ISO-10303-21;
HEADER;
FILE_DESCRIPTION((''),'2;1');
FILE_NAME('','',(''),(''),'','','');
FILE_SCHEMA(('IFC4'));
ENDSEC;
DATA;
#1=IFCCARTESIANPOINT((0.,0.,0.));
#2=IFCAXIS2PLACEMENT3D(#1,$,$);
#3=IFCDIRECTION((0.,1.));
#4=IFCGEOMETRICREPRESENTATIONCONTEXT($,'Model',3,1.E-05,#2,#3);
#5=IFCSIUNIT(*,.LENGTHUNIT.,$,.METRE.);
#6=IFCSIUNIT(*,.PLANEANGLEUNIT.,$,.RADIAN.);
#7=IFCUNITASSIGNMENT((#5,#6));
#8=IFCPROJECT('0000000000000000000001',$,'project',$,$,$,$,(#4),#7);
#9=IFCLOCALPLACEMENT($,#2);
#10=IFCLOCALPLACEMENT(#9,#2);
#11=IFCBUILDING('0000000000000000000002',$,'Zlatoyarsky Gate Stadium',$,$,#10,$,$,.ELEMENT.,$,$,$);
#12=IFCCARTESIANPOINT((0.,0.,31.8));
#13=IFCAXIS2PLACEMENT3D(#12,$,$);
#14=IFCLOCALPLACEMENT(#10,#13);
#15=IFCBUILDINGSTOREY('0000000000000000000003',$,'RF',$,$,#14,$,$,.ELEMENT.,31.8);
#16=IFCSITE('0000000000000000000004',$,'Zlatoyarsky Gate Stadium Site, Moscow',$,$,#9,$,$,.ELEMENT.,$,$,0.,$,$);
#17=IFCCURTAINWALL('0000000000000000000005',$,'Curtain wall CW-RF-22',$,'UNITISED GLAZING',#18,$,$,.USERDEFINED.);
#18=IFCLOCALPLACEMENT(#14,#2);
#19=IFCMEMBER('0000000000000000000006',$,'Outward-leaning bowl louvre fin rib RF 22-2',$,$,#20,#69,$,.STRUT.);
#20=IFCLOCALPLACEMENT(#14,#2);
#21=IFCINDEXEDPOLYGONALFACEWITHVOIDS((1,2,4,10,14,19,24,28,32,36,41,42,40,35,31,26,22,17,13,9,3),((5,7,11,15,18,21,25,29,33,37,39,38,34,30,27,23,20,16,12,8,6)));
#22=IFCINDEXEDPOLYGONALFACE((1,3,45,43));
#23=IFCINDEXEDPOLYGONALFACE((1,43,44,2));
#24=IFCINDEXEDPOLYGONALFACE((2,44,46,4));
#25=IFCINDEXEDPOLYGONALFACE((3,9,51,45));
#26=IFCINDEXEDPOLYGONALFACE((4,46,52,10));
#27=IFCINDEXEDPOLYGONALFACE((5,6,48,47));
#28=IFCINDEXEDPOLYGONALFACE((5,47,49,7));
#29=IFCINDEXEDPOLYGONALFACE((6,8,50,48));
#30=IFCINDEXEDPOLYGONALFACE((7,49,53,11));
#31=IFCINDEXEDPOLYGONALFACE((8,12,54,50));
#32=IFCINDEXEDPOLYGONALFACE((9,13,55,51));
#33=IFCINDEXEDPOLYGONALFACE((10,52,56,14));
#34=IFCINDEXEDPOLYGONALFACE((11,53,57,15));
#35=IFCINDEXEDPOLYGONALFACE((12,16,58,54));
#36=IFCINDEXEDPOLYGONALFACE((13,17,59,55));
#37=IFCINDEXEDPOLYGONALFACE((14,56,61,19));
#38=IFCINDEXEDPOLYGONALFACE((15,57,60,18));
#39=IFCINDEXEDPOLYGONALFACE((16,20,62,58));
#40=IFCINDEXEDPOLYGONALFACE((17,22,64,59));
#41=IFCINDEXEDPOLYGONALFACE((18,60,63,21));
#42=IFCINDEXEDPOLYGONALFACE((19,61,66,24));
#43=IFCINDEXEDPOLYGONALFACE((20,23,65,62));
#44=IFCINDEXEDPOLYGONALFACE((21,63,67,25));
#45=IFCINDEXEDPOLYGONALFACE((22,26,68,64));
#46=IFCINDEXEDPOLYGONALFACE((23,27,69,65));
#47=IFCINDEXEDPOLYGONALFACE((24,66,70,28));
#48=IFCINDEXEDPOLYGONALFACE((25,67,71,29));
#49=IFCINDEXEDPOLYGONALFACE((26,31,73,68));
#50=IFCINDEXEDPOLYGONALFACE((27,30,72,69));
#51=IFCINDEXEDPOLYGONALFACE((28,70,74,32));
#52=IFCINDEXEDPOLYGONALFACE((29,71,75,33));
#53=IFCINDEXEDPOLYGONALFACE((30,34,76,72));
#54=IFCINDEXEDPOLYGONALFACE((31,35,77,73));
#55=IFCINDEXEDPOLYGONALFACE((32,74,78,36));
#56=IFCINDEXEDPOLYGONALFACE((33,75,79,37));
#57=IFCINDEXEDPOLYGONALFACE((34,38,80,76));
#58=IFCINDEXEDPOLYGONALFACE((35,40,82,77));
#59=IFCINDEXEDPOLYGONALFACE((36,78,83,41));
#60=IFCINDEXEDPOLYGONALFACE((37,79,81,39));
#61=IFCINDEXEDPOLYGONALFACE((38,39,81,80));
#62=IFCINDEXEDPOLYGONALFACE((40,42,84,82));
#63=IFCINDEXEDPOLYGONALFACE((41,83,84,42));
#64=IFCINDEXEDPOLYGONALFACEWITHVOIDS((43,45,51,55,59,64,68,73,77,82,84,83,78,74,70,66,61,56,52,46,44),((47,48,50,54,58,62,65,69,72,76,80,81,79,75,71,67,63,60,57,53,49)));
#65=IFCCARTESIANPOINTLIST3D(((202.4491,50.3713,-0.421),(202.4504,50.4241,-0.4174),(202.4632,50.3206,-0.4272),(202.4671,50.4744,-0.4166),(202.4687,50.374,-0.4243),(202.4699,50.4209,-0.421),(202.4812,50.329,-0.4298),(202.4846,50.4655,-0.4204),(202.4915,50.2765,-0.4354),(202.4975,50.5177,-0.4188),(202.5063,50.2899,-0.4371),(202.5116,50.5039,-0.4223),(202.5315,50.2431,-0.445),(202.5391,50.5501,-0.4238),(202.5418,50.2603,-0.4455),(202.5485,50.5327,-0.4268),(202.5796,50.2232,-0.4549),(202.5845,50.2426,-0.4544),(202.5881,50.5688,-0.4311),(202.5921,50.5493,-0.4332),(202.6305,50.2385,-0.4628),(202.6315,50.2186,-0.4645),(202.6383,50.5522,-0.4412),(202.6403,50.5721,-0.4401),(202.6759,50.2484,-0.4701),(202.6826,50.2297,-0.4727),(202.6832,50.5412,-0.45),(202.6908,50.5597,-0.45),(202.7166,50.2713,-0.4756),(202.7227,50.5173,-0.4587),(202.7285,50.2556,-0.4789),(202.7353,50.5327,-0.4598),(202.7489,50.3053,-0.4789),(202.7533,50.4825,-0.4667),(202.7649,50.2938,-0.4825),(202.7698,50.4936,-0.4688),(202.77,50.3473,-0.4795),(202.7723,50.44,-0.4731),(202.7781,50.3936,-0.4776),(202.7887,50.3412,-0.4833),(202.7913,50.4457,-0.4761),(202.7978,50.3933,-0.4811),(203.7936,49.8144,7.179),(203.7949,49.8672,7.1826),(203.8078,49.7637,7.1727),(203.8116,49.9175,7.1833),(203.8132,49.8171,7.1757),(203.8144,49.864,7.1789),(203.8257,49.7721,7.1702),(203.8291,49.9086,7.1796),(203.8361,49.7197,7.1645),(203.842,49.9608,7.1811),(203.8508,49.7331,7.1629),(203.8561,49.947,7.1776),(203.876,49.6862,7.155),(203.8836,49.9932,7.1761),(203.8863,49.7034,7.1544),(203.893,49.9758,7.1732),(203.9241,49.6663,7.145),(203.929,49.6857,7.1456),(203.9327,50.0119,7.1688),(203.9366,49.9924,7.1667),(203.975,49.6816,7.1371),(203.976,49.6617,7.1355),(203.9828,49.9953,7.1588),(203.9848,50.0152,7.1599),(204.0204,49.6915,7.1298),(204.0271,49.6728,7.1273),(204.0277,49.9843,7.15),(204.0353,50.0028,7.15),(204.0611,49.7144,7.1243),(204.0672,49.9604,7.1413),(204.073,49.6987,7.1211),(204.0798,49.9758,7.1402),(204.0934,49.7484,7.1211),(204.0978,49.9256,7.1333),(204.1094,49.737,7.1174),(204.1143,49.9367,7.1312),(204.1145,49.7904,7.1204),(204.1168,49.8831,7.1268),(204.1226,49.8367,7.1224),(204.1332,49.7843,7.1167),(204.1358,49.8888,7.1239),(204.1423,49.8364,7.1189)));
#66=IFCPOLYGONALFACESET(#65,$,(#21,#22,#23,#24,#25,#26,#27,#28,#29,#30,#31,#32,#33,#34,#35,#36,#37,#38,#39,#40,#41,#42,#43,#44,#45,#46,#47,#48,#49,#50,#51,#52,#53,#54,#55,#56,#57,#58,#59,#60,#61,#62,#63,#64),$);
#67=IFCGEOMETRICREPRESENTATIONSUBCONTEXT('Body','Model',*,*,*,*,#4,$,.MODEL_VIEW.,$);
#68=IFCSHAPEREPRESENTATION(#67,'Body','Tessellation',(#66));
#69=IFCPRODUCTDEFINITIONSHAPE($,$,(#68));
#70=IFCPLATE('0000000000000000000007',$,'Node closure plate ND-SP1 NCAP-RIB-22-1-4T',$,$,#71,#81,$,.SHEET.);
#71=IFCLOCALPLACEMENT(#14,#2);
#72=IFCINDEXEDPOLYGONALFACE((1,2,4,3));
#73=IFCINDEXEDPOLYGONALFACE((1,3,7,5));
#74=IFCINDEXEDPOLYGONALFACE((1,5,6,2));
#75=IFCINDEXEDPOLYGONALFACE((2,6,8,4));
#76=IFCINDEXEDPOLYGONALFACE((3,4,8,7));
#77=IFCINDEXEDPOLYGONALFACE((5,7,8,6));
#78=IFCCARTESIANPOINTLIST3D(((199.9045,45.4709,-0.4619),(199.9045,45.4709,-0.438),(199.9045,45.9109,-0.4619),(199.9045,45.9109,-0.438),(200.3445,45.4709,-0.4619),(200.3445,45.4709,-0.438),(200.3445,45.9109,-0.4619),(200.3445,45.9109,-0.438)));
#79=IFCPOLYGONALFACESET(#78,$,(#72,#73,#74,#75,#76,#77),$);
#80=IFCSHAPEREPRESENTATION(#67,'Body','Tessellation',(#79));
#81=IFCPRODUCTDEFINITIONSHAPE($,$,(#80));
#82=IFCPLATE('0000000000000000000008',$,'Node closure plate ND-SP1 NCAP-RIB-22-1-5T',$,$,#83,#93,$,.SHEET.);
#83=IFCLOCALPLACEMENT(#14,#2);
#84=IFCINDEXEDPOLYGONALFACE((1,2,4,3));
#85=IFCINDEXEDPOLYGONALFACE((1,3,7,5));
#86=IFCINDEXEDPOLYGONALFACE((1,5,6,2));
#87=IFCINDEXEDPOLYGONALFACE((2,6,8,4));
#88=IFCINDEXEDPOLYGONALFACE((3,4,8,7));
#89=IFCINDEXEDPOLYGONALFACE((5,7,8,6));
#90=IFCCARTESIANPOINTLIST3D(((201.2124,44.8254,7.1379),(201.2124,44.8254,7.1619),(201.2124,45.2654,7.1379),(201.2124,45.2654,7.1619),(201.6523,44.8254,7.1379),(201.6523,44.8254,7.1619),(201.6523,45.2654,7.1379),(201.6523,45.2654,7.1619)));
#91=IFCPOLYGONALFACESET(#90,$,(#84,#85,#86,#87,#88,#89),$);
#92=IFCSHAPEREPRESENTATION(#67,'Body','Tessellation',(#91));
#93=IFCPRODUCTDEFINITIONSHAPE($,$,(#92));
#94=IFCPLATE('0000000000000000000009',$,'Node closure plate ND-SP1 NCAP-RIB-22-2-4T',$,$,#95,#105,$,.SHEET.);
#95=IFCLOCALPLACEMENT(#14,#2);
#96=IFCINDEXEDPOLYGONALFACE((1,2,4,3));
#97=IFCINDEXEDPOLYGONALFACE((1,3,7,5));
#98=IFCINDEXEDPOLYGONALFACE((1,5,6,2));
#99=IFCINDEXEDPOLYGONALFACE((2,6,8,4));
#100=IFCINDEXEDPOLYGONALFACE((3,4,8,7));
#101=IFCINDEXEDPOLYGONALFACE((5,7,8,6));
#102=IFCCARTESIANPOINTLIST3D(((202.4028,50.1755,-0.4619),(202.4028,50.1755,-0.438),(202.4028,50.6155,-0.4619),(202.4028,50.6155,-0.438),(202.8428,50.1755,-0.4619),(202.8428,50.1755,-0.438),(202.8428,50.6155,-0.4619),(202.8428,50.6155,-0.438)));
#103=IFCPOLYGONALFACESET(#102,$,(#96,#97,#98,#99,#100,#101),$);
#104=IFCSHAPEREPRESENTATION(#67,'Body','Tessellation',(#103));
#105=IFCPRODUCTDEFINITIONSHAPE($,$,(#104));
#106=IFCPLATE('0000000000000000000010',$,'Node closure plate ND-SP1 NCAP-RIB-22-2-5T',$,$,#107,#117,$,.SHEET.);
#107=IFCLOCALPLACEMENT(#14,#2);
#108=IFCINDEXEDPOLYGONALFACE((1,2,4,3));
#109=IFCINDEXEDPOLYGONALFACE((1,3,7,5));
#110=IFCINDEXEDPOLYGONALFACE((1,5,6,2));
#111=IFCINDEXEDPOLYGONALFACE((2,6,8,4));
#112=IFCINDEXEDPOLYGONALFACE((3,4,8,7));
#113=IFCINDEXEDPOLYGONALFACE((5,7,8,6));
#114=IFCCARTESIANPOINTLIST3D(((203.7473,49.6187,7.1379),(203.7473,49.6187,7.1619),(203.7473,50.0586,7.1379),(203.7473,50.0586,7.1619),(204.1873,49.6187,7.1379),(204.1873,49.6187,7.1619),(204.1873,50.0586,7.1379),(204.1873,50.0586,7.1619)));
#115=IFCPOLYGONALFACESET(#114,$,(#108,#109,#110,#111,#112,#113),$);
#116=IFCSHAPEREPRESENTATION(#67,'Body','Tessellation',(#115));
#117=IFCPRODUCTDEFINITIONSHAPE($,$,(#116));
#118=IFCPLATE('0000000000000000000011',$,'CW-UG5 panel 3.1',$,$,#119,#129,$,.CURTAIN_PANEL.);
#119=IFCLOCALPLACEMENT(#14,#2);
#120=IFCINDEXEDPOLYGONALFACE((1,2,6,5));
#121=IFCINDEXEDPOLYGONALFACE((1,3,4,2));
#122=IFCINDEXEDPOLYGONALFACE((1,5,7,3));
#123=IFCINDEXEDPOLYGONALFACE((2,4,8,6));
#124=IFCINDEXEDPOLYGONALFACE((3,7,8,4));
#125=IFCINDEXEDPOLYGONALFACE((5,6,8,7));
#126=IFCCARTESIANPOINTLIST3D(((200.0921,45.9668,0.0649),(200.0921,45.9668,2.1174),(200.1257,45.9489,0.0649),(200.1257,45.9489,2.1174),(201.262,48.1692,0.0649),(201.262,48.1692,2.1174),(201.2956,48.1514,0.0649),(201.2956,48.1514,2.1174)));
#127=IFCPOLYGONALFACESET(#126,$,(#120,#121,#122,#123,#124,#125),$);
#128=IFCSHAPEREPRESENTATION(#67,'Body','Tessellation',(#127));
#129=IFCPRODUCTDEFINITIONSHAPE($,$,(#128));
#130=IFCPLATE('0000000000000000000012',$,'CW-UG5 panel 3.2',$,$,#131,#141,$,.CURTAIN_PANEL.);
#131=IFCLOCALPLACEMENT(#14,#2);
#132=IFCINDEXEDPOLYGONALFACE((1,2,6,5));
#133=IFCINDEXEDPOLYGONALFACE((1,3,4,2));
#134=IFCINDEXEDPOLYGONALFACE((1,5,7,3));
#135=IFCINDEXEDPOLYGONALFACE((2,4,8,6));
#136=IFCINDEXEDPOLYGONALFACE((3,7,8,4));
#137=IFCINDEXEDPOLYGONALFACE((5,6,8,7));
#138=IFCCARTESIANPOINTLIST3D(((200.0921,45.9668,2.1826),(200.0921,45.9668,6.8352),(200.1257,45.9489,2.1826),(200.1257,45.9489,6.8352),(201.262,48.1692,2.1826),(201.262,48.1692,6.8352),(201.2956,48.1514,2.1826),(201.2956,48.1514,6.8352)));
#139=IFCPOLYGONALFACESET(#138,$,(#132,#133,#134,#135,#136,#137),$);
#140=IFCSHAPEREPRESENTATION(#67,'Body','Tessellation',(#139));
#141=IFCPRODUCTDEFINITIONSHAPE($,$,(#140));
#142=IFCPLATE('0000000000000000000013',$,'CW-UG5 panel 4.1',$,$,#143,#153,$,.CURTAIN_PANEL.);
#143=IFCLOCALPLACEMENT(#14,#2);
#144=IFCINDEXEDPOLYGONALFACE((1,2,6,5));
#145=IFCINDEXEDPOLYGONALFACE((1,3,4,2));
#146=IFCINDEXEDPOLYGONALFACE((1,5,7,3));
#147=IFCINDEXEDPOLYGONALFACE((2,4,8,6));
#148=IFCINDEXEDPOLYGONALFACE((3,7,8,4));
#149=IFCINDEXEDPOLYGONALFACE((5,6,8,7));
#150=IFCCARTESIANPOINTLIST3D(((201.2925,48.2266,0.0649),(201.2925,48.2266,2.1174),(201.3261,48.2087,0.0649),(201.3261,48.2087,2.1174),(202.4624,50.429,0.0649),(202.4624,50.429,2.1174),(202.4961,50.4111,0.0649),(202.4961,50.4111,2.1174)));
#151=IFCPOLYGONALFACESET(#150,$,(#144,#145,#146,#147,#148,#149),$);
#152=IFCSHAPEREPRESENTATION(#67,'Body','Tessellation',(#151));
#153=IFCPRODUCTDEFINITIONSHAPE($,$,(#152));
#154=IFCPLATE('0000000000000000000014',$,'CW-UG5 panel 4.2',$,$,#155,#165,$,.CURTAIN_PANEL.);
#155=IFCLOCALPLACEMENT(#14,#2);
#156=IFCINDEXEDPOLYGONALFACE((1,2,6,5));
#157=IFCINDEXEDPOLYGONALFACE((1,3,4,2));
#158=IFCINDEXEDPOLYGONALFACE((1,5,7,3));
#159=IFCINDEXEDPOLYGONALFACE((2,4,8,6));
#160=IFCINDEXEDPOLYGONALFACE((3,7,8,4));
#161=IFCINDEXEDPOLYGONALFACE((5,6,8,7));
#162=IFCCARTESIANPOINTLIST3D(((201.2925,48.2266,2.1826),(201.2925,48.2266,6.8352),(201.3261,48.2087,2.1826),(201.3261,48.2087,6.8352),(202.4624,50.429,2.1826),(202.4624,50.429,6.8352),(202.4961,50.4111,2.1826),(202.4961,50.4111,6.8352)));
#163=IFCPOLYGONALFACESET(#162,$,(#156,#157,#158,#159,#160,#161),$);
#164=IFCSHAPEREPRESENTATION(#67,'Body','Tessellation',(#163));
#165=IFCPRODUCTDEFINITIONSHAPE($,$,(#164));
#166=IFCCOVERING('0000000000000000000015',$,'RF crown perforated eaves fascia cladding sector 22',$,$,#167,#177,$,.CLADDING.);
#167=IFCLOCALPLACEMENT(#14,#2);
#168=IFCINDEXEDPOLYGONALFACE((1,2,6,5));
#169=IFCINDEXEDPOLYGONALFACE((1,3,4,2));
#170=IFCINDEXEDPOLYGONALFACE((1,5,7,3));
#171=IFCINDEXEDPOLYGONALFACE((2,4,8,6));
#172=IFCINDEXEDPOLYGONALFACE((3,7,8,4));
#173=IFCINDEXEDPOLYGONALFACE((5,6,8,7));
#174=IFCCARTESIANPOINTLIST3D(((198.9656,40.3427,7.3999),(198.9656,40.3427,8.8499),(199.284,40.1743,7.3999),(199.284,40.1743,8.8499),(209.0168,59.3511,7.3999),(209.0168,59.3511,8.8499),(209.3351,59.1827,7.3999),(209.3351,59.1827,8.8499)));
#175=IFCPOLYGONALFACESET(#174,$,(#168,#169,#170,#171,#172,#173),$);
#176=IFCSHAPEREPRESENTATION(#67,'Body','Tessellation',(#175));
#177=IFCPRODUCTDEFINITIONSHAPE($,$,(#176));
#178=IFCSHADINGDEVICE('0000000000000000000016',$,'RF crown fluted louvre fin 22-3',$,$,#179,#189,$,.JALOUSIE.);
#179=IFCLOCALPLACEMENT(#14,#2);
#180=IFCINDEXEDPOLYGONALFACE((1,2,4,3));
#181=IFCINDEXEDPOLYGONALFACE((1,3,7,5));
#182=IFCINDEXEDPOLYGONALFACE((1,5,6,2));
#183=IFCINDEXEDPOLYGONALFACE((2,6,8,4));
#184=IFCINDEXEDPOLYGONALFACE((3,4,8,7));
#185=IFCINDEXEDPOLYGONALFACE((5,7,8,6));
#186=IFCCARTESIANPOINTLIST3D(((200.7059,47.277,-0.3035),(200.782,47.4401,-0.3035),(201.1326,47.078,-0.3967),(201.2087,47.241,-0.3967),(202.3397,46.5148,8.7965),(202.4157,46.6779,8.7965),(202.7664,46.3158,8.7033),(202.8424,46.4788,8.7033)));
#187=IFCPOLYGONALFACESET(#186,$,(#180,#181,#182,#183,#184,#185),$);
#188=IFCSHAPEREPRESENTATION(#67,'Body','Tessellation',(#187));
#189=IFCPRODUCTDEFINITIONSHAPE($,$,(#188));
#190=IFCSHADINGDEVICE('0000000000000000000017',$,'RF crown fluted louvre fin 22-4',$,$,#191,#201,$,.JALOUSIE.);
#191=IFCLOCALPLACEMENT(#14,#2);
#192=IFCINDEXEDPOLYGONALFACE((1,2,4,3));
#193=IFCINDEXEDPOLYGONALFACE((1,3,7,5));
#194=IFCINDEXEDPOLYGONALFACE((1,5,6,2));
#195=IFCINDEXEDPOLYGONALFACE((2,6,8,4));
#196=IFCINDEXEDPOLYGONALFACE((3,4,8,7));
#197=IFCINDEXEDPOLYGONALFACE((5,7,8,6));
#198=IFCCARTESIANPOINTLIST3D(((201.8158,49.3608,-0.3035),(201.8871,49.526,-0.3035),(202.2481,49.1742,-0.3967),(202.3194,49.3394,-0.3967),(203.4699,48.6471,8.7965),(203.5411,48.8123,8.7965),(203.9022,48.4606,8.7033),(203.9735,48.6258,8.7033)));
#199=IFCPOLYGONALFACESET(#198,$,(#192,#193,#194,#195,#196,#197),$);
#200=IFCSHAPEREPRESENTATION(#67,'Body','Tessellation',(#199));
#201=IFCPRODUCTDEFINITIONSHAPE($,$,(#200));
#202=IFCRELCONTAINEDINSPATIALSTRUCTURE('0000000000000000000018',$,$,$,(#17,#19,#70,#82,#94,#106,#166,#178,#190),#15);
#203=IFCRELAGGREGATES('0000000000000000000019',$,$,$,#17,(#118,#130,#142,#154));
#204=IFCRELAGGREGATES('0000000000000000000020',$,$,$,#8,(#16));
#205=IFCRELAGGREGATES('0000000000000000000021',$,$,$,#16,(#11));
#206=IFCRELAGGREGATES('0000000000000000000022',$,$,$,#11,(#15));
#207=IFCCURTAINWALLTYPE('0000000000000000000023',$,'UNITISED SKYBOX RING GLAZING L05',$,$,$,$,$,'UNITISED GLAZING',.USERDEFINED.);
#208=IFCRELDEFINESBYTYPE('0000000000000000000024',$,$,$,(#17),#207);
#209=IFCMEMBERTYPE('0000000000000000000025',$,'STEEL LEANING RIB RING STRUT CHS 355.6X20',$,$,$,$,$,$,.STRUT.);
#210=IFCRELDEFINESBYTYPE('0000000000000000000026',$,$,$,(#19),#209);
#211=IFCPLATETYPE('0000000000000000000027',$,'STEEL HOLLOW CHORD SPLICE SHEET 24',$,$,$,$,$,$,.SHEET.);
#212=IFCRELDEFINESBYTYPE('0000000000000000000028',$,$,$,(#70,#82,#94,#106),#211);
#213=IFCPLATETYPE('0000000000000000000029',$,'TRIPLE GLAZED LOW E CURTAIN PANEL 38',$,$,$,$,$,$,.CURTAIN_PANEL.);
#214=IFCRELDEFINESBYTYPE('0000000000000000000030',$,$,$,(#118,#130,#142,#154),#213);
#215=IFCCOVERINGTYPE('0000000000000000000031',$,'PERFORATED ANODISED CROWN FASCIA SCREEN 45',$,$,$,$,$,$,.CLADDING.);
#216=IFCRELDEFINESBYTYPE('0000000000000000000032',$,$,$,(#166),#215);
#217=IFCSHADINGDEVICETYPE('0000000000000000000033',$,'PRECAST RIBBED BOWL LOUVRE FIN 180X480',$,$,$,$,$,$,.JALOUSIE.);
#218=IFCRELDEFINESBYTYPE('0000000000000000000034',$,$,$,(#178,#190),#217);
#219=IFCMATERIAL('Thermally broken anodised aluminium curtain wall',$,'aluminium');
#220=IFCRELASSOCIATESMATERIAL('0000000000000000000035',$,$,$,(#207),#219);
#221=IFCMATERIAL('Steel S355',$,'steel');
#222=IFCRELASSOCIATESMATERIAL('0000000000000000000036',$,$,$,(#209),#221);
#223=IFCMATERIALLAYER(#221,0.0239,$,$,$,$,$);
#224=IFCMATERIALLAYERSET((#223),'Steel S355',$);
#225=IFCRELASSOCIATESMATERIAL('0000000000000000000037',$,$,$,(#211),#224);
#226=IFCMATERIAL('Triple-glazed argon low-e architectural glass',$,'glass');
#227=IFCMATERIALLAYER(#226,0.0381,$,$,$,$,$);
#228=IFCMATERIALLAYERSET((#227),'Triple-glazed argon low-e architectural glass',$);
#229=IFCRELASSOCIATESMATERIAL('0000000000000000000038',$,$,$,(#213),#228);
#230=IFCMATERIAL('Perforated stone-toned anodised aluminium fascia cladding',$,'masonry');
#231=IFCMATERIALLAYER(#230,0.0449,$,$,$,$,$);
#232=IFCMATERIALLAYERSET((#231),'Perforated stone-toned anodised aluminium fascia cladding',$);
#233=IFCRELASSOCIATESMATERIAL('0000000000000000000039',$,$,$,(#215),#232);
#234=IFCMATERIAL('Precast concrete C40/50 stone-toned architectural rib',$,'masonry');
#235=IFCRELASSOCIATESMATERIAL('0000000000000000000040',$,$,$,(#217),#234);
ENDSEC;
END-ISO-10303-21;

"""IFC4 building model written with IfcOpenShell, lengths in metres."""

from ifc_helpers import new_model, si_unit, direction, frame, origin, origin_2d, place, context, subcontext, project, spatial, rectangle, hollow_circle, extrude, material, layer, layer_set, material_profile, profile_set, type_object, element, aggregate, save


model = new_model("IFC4")

# Units and contexts
model_context = context("Model", 3, precision=1e-05, world=origin(), true_north=direction((0.0, 1.0)))
body_context = subcontext(model_context, "Body", "Model", "MODEL_VIEW")
ifc_project = project(units=[si_unit("LENGTHUNIT", "METRE"), si_unit("PLANEANGLEUNIT", "RADIAN")], contexts=[model_context])

# Site, building, storey
site_placement = place(None, origin())
site = spatial("IfcSite", under=ifc_project, at=site_placement, Name="Zlatoyarsky Gate Stadium Site, Moscow", CompositionType="ELEMENT", RefElevation=0.0)
building_placement = place(site_placement, origin())
building = spatial("IfcBuilding", under=site, at=building_placement, Name="Zlatoyarsky Gate Stadium", CompositionType="ELEMENT")
storey_placement = place(building_placement, frame((0.0, 0.0, 31.8)))
storey = spatial("IfcBuildingStorey", under=building, at=storey_placement, Name="RF", CompositionType="ELEMENT", Elevation=31.8)

# Curtain wall
ifc_material_1 = material(Name="Thermally broken anodised aluminium curtain wall", Category="aluminium")
curtain_wall_type = type_object("IfcCurtainWallType", Name="UNITISED SKYBOX RING GLAZING L05", ElementType="UNITISED GLAZING", PredefinedType="USERDEFINED", material=ifc_material_1)
curtain_wall_placement = place(storey_placement, origin())
curtain_wall = element("IfcCurtainWall", 1, at=curtain_wall_placement, inside=storey, type_object=curtain_wall_type, Name="Curtain wall CW-RF-22", ObjectType="UNITISED GLAZING", PredefinedType="USERDEFINED")

# Member
ifc_material_2 = material(Name="Steel S355", Category="steel")
ifc_material_profile_1 = material_profile(ifc_material_2, hollow_circle(Radius=0.1777, WallThickness=0.02, at=origin_2d()), Name="CHS 355.6X20")
ifc_profile_set_1 = profile_set([ifc_material_profile_1], Name="Steel S355")
member_type_1 = type_object("IfcMemberType", Name="STEEL LEANING RIB RING STRUT CHS 355.6X20", PredefinedType="STRUT", material=ifc_profile_set_1)
member_1_placement = place(storey_placement, frame((202.6228, 50.3955, -0.45), z_axis=(0.173752, -0.071968, 0.982156), x_axis=(0.382673, 0.923884, 0.0)))
element("IfcMember", 2, at=member_1_placement, inside=storey, type_object=member_type_1, Name="Outward-leaning bowl louvre fin rib RF 22-2", PredefinedType="STRUT", context=body_context, shape_type="SweptSolid", body=[
    extrude(hollow_circle(Radius=0.1777, WallThickness=0.02, at=origin_2d()), origin(), (0.0, 0.0, 1.0), 7.738),
])

# Plates
ifc_layer_1 = layer(ifc_material_2, 0.0239)
ifc_layer_set_1 = layer_set([ifc_layer_1], Name="Steel S355")
plate_type_1 = type_object("IfcPlateType", Name="STEEL HOLLOW CHORD SPLICE SHEET 24", PredefinedType="SHEET", material=ifc_layer_set_1)
for number, where, z_axis, x_axis, name in (
    (3, (200.1245, 45.6909, -0.4619), (0.0, 0.0, 1.0), (1.0, 0.0, 0.0), "Node closure plate ND-SP1 NCAP-RIB-22-1-4T"),
    (4, (201.4324, 45.0454, 7.1379), (0.0, 0.0, 1.0), (1.0, 0.0, 0.0), "Node closure plate ND-SP1 NCAP-RIB-22-1-5T"),
    (5, (202.6228, 50.3955, -0.4619), (0.0, 0.0, 1.0), (1.0, 0.0, 0.0), "Node closure plate ND-SP1 NCAP-RIB-22-2-4T"),
    (6, (203.9673, 49.8386, 7.1379), (0.0, 0.0, 1.0), (1.0, 0.0, 0.0), "Node closure plate ND-SP1 NCAP-RIB-22-2-5T"),
):
    element("IfcPlate", number, at=place(storey_placement, frame(where, z_axis=z_axis, x_axis=x_axis)), inside=storey, type_object=plate_type_1, Name=name, PredefinedType="SHEET", context=body_context, shape_type="SweptSolid", body=[
        extrude(rectangle(XDim=0.4399, YDim=0.4399, at=origin_2d()), origin(), (0.0, 0.0, 1.0), 0.0239),
    ])

# Plates
ifc_material_3 = material(Name="Triple-glazed argon low-e architectural glass", Category="glass")
ifc_layer_2 = layer(ifc_material_3, 0.0381)
ifc_layer_set_2 = layer_set([ifc_layer_2], Name="Triple-glazed argon low-e architectural glass")
plate_type_2 = type_object("IfcPlateType", Name="TRIPLE GLAZED LOW E CURTAIN PANEL 38", PredefinedType="CURTAIN_PANEL", material=ifc_layer_set_2)
plate_1_placement = place(storey_placement, frame((200.6938, 47.0591, 0.0649), z_axis=(0.0, 0.0, 1.0), x_axis=(0.469127, 0.883131, 0.0)))
plate_1 = element("IfcPlate", 7, at=plate_1_placement, type_object=plate_type_2, Name="CW-UG5 panel 3.1", PredefinedType="CURTAIN_PANEL", context=body_context, shape_type="SweptSolid", body=[
    extrude(rectangle(XDim=2.4939, YDim=0.0381, at=origin_2d()), origin(), (0.0, 0.0, 1.0), 2.0525),
])
plate_2_placement = place(storey_placement, frame((200.6938, 47.0591, 2.1826), z_axis=(0.0, 0.0, 1.0), x_axis=(0.469127, 0.883131, 0.0)))
plate_2 = element("IfcPlate", 8, at=plate_2_placement, type_object=plate_type_2, Name="CW-UG5 panel 3.2", PredefinedType="CURTAIN_PANEL", context=body_context, shape_type="SweptSolid", body=[
    extrude(rectangle(XDim=2.4939, YDim=0.0381, at=origin_2d()), origin(), (0.0, 0.0, 1.0), 4.6526),
])
plate_3_placement = place(storey_placement, frame((201.8943, 49.3188, 0.0649), z_axis=(0.0, 0.0, 1.0), x_axis=(0.469127, 0.883131, 0.0)))
plate_3 = element("IfcPlate", 9, at=plate_3_placement, type_object=plate_type_2, Name="CW-UG5 panel 4.1", PredefinedType="CURTAIN_PANEL", context=body_context, shape_type="SweptSolid", body=[
    extrude(rectangle(XDim=2.4939, YDim=0.0381, at=origin_2d()), origin(), (0.0, 0.0, 1.0), 2.0525),
])
plate_4_placement = place(storey_placement, frame((201.8943, 49.3188, 2.1826), z_axis=(0.0, 0.0, 1.0), x_axis=(0.469127, 0.883131, 0.0)))
plate_4 = element("IfcPlate", 10, at=plate_4_placement, type_object=plate_type_2, Name="CW-UG5 panel 4.2", PredefinedType="CURTAIN_PANEL", context=body_context, shape_type="SweptSolid", body=[
    extrude(rectangle(XDim=2.4939, YDim=0.0381, at=origin_2d()), origin(), (0.0, 0.0, 1.0), 4.6526),
])
aggregate(curtain_wall, [plate_1, plate_2, plate_3, plate_4])

# Covering
ifc_material_4 = material(Name="Perforated stone-toned anodised aluminium fascia cladding", Category="masonry")
ifc_layer_3 = layer(ifc_material_4, 0.0449)
ifc_layer_set_3 = layer_set([ifc_layer_3], Name="Perforated stone-toned anodised aluminium fascia cladding")
covering_type = type_object("IfcCoveringType", Name="PERFORATED ANODISED CROWN FASCIA SCREEN 45", PredefinedType="CLADDING", material=ifc_layer_set_3)
covering_placement = place(storey_placement, frame((204.1504, 49.7627, 7.3999), z_axis=(0.0, 0.0, 1.0), x_axis=(0.467448, 0.884021, 0.0)))
element("IfcCovering", 11, at=covering_placement, inside=storey, type_object=covering_type, Name="RF crown perforated eaves fascia cladding sector 22", PredefinedType="CLADDING", context=body_context, shape_type="SweptSolid", body=[
    extrude(rectangle(XDim=21.5022, YDim=0.3601, at=origin_2d()), origin(), (0.0, 0.0, 1.0), 1.45),
])

# Shading devices
ifc_material_5 = material(Name="Precast concrete C40/50 stone-toned architectural rib", Category="masonry")
ifc_material_profile_2 = material_profile(ifc_material_5, rectangle(XDim=0.1799, YDim=0.48, at=origin_2d()), Name="RIB 180X480")
ifc_profile_set_2 = profile_set([ifc_material_profile_2], Name="Precast concrete C40/50 stone-toned architectural rib")
shading_device_type = type_object("IfcShadingDeviceType", Name="PRECAST RIBBED BOWL LOUVRE FIN 180X480", PredefinedType="JALOUSIE", material=ifc_profile_set_2)
shading_device_1_placement = place(storey_placement, frame((200.9573, 47.259, -0.3501), z_axis=(0.176113, -0.082161, 0.980935), x_axis=(0.422782, 0.906232, 0.0)))
element("IfcShadingDevice", 12, at=shading_device_1_placement, inside=storey, type_object=shading_device_type, Name="RF crown fluted louvre fin 22-3", PredefinedType="JALOUSIE", context=body_context, shape_type="SweptSolid", body=[
    extrude(rectangle(XDim=0.1799, YDim=0.48, at=origin_2d()), origin(), (0.0, 0.0, 1.0), 9.2769),
])
shading_device_2_placement = place(storey_placement, frame((202.0676, 49.3501, -0.3501), z_axis=(0.178302, -0.076926, 0.980964), x_axis=(0.396143, 0.918189, 0.0)))
element("IfcShadingDevice", 13, at=shading_device_2_placement, inside=storey, type_object=shading_device_type, Name="RF crown fluted louvre fin 22-4", PredefinedType="JALOUSIE", context=body_context, shape_type="SweptSolid", body=[
    extrude(rectangle(XDim=0.1799, YDim=0.48, at=origin_2d()), origin(), (0.0, 0.0, 1.0), 9.2766),
])

save(model, "model.ifc")
